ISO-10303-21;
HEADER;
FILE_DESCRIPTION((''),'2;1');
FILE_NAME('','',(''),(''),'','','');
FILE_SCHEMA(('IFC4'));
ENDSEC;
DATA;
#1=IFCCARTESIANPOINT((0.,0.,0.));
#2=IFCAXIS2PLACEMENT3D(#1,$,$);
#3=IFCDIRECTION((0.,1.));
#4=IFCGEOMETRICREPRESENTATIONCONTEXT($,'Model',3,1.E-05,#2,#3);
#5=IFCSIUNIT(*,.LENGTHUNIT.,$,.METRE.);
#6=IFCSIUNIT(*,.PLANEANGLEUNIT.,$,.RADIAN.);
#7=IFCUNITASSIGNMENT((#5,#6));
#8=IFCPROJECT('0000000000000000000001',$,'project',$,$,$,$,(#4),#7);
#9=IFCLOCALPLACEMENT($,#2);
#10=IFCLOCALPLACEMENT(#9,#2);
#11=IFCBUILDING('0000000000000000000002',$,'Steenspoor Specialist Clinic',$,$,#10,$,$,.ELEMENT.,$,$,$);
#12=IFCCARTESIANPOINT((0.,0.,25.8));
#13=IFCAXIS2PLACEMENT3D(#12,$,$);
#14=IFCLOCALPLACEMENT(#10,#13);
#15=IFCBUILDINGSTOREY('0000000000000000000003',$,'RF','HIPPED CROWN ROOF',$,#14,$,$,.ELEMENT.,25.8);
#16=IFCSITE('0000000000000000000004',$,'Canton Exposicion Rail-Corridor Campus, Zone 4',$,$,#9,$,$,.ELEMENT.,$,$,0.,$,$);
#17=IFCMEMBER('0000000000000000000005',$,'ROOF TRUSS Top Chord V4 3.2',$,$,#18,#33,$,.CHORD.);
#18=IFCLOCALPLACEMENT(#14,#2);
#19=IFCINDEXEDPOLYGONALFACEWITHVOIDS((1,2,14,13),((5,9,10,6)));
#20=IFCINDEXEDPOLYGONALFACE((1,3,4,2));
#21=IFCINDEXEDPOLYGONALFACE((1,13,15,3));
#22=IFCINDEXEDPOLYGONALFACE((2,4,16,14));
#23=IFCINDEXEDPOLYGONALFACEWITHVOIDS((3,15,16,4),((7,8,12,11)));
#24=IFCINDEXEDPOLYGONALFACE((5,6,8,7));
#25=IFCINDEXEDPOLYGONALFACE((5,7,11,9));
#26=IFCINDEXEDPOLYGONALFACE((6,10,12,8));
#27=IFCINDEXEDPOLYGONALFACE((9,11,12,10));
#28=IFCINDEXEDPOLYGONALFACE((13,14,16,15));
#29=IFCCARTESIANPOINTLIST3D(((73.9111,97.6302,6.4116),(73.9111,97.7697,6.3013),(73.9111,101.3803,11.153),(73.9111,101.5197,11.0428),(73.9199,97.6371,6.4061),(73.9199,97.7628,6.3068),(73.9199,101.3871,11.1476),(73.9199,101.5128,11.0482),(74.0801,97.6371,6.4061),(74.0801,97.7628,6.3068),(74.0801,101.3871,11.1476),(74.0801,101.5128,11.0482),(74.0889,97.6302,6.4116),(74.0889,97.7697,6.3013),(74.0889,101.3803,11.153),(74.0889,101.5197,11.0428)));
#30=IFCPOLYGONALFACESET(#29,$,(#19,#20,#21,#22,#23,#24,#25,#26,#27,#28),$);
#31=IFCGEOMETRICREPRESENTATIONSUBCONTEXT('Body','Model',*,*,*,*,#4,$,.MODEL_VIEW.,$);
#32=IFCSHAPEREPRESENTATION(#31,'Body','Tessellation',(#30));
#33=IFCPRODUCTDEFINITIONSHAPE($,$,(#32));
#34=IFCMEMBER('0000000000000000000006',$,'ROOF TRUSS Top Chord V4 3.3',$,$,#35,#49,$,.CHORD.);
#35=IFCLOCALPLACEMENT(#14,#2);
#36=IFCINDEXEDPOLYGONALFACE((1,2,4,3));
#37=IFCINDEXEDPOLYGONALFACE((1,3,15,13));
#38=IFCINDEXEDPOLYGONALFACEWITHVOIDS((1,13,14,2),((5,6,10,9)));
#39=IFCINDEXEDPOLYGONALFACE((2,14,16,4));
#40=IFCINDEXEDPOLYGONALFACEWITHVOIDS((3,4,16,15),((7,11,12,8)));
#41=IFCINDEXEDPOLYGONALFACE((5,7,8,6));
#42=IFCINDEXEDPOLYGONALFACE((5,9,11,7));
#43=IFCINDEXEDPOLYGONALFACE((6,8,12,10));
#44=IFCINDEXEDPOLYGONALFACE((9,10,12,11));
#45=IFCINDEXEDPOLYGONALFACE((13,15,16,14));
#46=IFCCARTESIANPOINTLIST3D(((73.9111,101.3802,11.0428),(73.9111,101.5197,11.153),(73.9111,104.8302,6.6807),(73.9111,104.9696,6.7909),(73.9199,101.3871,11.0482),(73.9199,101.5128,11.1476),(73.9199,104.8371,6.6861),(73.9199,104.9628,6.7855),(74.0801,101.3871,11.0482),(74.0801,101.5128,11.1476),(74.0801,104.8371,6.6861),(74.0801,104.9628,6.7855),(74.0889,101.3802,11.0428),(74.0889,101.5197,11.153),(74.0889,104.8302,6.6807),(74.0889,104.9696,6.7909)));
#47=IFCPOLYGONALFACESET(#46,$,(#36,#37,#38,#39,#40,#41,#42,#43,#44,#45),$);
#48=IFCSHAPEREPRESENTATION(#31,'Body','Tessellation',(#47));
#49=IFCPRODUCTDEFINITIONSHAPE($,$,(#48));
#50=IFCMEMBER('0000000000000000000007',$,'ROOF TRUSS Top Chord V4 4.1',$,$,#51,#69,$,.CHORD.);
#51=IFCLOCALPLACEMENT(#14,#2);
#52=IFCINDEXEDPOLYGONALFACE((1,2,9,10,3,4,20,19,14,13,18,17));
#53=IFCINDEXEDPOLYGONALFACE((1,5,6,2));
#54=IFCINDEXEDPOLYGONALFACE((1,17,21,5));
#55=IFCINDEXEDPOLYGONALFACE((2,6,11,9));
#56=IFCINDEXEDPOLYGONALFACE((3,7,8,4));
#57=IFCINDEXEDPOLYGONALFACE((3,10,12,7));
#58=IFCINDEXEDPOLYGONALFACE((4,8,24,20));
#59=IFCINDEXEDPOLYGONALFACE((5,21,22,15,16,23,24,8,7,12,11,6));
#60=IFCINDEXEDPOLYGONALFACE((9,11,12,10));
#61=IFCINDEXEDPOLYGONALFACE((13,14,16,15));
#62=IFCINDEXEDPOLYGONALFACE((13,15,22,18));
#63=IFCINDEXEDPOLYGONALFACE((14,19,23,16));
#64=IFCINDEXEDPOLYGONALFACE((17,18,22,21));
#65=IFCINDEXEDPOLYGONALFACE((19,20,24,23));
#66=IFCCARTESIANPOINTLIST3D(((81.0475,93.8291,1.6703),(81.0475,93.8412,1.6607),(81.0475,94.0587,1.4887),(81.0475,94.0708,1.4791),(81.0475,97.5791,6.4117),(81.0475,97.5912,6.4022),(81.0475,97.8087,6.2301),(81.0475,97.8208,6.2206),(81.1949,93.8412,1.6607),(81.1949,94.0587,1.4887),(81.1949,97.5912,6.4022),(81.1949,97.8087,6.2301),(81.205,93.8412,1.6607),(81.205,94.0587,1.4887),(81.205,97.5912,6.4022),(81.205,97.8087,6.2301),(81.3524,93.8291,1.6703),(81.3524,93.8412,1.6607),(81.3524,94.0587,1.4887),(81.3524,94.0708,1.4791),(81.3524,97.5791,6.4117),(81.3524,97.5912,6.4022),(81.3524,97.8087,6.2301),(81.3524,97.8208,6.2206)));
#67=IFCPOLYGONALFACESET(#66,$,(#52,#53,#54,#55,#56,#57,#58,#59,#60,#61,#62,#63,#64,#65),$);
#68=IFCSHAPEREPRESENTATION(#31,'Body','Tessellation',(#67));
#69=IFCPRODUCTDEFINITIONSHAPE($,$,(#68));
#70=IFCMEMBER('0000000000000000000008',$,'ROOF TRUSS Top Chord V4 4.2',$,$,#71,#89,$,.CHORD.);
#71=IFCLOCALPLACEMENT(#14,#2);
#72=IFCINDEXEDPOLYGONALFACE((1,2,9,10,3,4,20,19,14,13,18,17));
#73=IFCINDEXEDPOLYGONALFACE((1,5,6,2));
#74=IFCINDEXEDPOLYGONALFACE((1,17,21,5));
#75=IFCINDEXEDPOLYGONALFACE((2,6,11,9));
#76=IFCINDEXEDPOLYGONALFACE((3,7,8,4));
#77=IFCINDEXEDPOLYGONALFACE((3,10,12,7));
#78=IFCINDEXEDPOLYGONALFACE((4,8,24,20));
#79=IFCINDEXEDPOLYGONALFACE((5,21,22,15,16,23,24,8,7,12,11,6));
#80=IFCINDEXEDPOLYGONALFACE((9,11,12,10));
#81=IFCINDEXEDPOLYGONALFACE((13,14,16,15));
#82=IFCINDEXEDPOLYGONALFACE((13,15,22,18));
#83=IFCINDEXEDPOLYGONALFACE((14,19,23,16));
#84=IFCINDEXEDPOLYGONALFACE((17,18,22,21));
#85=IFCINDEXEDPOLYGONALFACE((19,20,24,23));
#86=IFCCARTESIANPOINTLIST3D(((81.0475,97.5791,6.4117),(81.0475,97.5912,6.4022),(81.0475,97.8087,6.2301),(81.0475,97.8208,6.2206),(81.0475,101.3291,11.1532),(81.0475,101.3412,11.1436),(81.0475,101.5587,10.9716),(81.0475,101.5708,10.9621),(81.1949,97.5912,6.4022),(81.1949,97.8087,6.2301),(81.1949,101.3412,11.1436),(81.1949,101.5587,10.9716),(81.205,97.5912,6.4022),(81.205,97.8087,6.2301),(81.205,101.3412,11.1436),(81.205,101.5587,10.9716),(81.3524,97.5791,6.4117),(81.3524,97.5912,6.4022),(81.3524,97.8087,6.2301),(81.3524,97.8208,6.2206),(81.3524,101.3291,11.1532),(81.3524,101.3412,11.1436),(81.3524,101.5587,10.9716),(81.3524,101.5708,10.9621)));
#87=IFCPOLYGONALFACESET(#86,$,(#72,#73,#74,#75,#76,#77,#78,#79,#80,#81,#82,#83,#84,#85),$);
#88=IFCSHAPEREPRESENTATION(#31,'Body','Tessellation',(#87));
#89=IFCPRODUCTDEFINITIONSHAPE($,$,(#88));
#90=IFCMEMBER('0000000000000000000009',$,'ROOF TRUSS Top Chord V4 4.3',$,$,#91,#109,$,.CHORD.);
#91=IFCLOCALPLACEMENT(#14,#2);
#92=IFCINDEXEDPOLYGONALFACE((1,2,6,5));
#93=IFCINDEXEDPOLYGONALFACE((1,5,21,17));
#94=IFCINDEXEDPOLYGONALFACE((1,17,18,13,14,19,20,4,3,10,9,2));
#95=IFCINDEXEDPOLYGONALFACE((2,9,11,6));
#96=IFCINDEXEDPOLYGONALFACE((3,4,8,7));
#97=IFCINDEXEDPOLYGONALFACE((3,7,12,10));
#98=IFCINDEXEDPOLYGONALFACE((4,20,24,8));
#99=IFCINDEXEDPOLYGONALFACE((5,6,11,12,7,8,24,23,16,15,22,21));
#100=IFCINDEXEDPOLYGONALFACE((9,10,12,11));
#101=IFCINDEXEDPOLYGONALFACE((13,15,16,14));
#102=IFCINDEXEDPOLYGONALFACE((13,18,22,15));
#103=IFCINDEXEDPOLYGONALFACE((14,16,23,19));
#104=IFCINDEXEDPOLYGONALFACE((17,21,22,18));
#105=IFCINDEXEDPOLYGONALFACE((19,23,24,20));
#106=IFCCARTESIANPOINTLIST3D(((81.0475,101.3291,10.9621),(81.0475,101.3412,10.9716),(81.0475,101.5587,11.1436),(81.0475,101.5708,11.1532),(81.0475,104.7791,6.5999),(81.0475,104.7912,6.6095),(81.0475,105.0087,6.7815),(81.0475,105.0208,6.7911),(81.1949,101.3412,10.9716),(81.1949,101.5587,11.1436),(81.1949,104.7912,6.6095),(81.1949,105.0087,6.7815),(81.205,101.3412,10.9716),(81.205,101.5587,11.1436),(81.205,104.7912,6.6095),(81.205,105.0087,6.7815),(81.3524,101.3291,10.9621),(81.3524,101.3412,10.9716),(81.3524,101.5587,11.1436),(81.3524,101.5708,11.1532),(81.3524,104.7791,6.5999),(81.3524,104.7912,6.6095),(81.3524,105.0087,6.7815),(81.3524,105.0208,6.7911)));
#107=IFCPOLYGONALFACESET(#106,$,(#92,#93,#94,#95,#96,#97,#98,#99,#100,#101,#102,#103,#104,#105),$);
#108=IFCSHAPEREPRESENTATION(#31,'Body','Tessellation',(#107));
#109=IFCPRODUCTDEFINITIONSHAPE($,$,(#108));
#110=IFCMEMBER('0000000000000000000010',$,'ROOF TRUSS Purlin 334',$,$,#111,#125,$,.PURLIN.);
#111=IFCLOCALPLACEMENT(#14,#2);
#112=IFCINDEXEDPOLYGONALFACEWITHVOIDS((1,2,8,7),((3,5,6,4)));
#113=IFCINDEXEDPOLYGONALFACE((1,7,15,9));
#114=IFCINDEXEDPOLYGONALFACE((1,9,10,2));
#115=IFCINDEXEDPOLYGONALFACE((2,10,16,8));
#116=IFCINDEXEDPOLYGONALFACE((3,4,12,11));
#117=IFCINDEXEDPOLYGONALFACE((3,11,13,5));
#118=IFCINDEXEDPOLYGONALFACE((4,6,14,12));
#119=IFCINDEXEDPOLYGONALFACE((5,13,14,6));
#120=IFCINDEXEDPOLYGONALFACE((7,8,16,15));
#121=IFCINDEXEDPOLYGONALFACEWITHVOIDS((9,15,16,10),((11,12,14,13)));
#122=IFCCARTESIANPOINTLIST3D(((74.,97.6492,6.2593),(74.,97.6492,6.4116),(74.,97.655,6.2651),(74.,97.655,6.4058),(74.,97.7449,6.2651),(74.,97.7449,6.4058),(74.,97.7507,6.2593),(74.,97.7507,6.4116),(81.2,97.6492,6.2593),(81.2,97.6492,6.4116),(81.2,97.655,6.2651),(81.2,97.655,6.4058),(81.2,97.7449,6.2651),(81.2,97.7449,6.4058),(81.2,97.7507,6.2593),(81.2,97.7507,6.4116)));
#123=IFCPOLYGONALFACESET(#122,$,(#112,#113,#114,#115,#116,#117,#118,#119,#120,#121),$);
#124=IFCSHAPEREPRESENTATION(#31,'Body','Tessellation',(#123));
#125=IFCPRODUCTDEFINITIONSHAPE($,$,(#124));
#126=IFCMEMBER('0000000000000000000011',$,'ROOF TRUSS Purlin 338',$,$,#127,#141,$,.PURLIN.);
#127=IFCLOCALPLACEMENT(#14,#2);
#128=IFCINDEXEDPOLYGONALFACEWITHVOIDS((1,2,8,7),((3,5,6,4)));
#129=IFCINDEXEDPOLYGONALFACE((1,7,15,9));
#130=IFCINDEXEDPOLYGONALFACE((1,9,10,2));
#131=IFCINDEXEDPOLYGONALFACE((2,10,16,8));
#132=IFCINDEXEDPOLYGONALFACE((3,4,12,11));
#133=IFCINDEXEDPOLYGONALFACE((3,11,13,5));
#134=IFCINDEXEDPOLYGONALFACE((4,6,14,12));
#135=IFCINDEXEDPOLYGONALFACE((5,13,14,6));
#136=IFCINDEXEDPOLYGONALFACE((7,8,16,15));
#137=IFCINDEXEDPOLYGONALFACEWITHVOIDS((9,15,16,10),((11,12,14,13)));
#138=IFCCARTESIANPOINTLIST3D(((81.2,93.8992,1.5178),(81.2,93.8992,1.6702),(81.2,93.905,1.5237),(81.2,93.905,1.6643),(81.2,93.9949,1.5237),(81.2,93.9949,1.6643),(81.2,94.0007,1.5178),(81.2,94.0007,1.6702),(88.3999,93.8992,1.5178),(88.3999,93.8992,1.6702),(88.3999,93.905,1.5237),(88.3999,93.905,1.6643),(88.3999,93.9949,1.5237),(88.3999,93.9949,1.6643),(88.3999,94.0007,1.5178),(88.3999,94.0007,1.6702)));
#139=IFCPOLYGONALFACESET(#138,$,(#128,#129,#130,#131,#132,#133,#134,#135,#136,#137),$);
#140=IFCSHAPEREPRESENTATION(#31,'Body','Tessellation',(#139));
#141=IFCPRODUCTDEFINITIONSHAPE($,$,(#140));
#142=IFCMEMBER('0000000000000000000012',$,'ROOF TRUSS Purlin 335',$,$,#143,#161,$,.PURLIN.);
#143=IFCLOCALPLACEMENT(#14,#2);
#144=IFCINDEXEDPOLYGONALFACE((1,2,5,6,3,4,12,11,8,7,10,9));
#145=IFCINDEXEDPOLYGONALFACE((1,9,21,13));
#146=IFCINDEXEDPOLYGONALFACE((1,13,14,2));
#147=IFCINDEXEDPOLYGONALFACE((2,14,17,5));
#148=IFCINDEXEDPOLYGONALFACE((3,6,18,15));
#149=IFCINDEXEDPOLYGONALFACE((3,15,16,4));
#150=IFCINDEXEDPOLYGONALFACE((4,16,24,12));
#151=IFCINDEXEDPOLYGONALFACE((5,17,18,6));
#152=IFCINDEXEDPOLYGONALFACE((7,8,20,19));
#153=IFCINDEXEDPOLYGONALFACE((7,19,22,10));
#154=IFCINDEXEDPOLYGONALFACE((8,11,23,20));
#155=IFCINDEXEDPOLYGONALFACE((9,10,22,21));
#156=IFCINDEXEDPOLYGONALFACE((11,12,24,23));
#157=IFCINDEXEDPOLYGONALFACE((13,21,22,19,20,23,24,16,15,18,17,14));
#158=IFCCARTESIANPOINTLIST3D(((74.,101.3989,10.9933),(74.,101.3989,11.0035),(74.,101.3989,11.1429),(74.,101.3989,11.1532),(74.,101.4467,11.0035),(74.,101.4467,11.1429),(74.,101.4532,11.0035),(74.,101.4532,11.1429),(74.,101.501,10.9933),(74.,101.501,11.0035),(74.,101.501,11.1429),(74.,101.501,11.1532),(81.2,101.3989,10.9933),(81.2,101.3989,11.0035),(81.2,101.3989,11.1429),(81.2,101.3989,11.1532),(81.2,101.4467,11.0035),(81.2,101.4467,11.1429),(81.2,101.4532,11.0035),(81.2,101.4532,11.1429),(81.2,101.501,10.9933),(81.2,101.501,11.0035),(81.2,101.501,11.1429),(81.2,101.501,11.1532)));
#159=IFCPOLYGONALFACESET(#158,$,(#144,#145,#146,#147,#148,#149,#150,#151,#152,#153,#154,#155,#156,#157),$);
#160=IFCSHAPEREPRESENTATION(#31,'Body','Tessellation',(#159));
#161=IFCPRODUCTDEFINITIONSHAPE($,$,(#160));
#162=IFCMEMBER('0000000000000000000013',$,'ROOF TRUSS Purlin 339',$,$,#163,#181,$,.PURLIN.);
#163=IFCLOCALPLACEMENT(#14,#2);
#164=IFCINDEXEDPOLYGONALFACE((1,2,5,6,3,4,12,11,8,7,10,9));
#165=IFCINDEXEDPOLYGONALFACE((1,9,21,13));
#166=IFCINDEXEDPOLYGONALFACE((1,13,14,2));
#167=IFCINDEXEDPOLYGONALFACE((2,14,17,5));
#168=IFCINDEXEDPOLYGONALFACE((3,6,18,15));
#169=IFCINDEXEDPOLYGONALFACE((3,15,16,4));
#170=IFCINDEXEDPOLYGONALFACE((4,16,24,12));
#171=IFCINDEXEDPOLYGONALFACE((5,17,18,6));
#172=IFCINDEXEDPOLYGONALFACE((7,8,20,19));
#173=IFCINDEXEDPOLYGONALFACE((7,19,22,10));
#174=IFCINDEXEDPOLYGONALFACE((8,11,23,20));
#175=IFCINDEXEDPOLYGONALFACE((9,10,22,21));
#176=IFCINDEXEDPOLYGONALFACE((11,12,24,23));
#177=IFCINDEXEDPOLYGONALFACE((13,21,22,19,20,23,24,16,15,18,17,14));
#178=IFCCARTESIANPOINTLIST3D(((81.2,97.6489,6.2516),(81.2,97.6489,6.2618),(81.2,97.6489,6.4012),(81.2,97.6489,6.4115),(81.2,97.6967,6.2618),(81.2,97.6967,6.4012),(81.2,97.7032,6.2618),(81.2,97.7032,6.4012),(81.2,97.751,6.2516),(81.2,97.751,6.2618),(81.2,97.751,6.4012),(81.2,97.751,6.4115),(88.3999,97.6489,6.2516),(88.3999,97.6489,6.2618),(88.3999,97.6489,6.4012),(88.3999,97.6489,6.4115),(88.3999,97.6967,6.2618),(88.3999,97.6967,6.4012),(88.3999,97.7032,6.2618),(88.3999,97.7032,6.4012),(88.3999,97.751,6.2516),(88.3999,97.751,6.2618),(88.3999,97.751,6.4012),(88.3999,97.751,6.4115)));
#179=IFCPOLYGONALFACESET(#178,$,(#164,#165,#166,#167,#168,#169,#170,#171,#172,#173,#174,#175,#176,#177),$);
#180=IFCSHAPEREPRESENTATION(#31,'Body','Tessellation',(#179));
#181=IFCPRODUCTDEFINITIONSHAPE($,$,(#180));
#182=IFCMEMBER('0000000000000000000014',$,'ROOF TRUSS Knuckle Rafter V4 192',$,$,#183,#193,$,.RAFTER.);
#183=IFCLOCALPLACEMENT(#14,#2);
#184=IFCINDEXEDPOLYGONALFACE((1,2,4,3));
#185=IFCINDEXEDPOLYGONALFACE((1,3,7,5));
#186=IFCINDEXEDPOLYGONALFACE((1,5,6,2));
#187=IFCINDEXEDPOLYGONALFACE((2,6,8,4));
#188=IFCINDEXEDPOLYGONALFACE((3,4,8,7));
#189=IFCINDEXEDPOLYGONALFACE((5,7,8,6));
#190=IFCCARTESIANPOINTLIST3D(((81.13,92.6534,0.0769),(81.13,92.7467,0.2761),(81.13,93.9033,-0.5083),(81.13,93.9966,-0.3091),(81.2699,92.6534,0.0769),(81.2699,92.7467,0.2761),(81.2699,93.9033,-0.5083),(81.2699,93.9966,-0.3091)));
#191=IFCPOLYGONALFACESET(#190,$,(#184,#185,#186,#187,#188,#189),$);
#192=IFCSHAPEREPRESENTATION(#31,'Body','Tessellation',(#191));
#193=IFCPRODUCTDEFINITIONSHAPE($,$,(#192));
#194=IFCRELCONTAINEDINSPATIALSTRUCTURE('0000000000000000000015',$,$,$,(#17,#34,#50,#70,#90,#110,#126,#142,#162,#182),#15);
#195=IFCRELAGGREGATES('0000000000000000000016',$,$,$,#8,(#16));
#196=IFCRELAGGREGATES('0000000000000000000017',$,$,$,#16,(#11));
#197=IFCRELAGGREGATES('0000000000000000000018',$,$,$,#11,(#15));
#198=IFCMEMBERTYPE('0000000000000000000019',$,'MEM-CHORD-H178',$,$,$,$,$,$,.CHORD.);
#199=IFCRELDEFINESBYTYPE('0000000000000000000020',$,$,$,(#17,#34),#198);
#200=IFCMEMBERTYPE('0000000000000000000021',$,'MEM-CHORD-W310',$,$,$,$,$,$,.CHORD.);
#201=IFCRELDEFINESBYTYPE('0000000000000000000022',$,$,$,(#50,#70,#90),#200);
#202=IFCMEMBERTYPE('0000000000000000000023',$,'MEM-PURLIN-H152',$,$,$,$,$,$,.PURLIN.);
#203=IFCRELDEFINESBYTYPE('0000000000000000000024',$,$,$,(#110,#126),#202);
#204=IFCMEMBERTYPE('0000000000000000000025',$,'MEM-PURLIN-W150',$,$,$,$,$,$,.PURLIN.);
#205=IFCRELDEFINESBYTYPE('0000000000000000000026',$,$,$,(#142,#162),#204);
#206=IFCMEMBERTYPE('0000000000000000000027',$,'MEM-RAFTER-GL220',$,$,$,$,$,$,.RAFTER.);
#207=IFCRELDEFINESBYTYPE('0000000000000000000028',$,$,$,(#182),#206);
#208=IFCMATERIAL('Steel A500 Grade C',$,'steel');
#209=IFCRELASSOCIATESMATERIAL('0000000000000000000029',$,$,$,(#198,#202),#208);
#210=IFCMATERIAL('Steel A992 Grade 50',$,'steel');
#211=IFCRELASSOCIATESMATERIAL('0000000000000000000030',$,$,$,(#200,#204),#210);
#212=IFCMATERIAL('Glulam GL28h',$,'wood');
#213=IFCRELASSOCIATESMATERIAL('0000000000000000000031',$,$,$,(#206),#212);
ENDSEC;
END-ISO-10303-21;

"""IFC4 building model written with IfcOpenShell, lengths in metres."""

from ifc_helpers import new_model, si_unit, direction, frame, origin, origin_2d, place, context, subcontext, project, spatial, rectangle, hollow_rectangle, i_section, extrude, material, material_profile, profile_set, type_object, element, save


model = new_model("IFC4")

# Units and contexts
model_context = context("Model", 3, precision=1e-05, world=origin(), true_north=direction((0.0, 1.0)))
body_context = subcontext(model_context, "Body", "Model", "MODEL_VIEW")
ifc_project = project(units=[si_unit("LENGTHUNIT", "METRE"), si_unit("PLANEANGLEUNIT", "RADIAN")], contexts=[model_context])

# Site, building, storey
site_placement = place(None, origin())
site = spatial("IfcSite", under=ifc_project, at=site_placement, Name="Canton Exposicion Rail-Corridor Campus, Zone 4", CompositionType="ELEMENT", RefElevation=0.0)
building_placement = place(site_placement, origin())
building = spatial("IfcBuilding", under=site, at=building_placement, Name="Steenspoor Specialist Clinic", CompositionType="ELEMENT")
storey_placement = place(building_placement, frame((0.0, 0.0, 25.8)))
storey = spatial("IfcBuildingStorey", under=building, at=storey_placement, Name="RF", Description="HIPPED CROWN ROOF", CompositionType="ELEMENT", Elevation=25.8)

# Shared definitions
ifc_material_1 = material(Name="Steel A992 Grade 50", Category="steel")

# Members
ifc_material_2 = material(Name="Steel A500 Grade C", Category="steel")
ifc_material_profile_1 = material_profile(ifc_material_2, hollow_rectangle(XDim=0.1777, YDim=0.1777, WallThickness=0.0088, at=origin_2d()), Name="HSS178X178X9.5")
ifc_profile_set_1 = profile_set([ifc_material_profile_1], Name="Steel A500 Grade C")
member_type_1 = type_object("IfcMemberType", Name="MEM-CHORD-H178", PredefinedType="CHORD", material=ifc_profile_set_1)
member_1_placement = place(storey_placement, frame((74.0, 97.7, 6.3564), z_axis=(0.0, 0.620332, 0.78434), x_axis=(-1.0, 0.0, 0.0)))
element("IfcMember", 1, at=member_1_placement, inside=storey, type_object=member_type_1, Name="ROOF TRUSS Top Chord V4 3.2", PredefinedType="CHORD", context=body_context, shape_type="SweptSolid", body=[
    extrude(hollow_rectangle(XDim=0.1777, YDim=0.1777, WallThickness=0.0088, at=origin_2d()), origin(), (0.0, 0.0, 1.0), 6.0452),
])
member_2_placement = place(storey_placement, frame((74.0, 101.45, 11.0979), z_axis=(0.0, 0.620333, -0.784339), x_axis=(-1.0, 0.0, 0.0)))
element("IfcMember", 2, at=member_2_placement, inside=storey, type_object=member_type_1, Name="ROOF TRUSS Top Chord V4 3.3", PredefinedType="CHORD", context=body_context, shape_type="SweptSolid", body=[
    extrude(hollow_rectangle(XDim=0.1777, YDim=0.1777, WallThickness=0.0088, at=origin_2d()), origin(), (0.0, 0.0, 1.0), 5.5615),
])
ifc_material_profile_2 = material_profile(ifc_material_1, i_section(OverallWidth=0.3049, OverallDepth=0.3081, WebThickness=0.01, FlangeThickness=0.0154, at=origin_2d()), Name="W310X97")
ifc_profile_set_2 = profile_set([ifc_material_profile_2], Name="Steel A992 Grade 50")
member_type_2 = type_object("IfcMemberType", Name="MEM-CHORD-W310", PredefinedType="CHORD", material=ifc_profile_set_2)
for number, where, z_axis, x_axis, name in (
    (3, (81.2, 93.95, 1.5747), (0.0, 0.620332, 0.78434), (-1.0, 0.0, 0.0), "ROOF TRUSS Top Chord V4 4.1"),
    (4, (81.2, 97.7, 6.3162), (0.0, 0.620332, 0.78434), (-1.0, 0.0, 0.0), "ROOF TRUSS Top Chord V4 4.2"),
):
    element("IfcMember", number, at=place(storey_placement, frame(where, z_axis=z_axis, x_axis=x_axis)), inside=storey, type_object=member_type_2, Name=name, PredefinedType="CHORD", context=body_context, shape_type="SweptSolid", body=[
        extrude(i_section(OverallWidth=0.3049, OverallDepth=0.3081, WebThickness=0.01, FlangeThickness=0.0154, at=origin_2d()), origin(), (0.0, 0.0, 1.0), 6.0452),
    ])
member_3_placement = place(storey_placement, frame((81.2, 101.45, 11.0576), z_axis=(0.0, 0.620333, -0.784339), x_axis=(-1.0, 0.0, 0.0)))
element("IfcMember", 5, at=member_3_placement, inside=storey, type_object=member_type_2, Name="ROOF TRUSS Top Chord V4 4.3", PredefinedType="CHORD", context=body_context, shape_type="SweptSolid", body=[
    extrude(i_section(OverallWidth=0.3049, OverallDepth=0.3081, WebThickness=0.01, FlangeThickness=0.0154, at=origin_2d()), origin(), (0.0, 0.0, 1.0), 5.5615),
])
ifc_material_profile_3 = material_profile(ifc_material_2, hollow_rectangle(XDim=0.1016, YDim=0.1523, WallThickness=0.0059, at=origin_2d()), Name="HSS152X102X6.4")
ifc_profile_set_3 = profile_set([ifc_material_profile_3], Name="Steel A500 Grade C")
member_type_3 = type_object("IfcMemberType", Name="MEM-PURLIN-H152", PredefinedType="PURLIN", material=ifc_profile_set_3)
for number, where, z_axis, x_axis, name in (
    (6, (74.0, 97.7, 6.3354), (1.0, 0.0, 0.0), (0.0, 1.0, 0.0), "ROOF TRUSS Purlin 334"),
    (7, (81.2, 93.95, 1.594), (1.0, 0.0, 0.0), (0.0, 1.0, 0.0), "ROOF TRUSS Purlin 338"),
):
    element("IfcMember", number, at=place(storey_placement, frame(where, z_axis=z_axis, x_axis=x_axis)), inside=storey, type_object=member_type_3, Name=name, PredefinedType="PURLIN", context=body_context, shape_type="SweptSolid", body=[
        extrude(hollow_rectangle(XDim=0.1016, YDim=0.1523, WallThickness=0.0059, at=origin_2d()), origin(), (0.0, 0.0, 1.0), 7.2),
    ])
ifc_material_profile_4 = material_profile(ifc_material_1, i_section(OverallWidth=0.1021, OverallDepth=0.1599, WebThickness=0.0066, FlangeThickness=0.0103, at=origin_2d()), Name="W150X24")
ifc_profile_set_4 = profile_set([ifc_material_profile_4], Name="Steel A992 Grade 50")
member_type_4 = type_object("IfcMemberType", Name="MEM-PURLIN-W150", PredefinedType="PURLIN", material=ifc_profile_set_4)
for number, where, z_axis, x_axis, name in (
    (8, (74.0, 101.45, 11.0732), (1.0, 0.0, 0.0), (0.0, 1.0, 0.0), "ROOF TRUSS Purlin 335"),
    (9, (81.2, 97.7, 6.3315), (1.0, 0.0, 0.0), (0.0, 1.0, 0.0), "ROOF TRUSS Purlin 339"),
):
    element("IfcMember", number, at=place(storey_placement, frame(where, z_axis=z_axis, x_axis=x_axis)), inside=storey, type_object=member_type_4, Name=name, PredefinedType="PURLIN", context=body_context, shape_type="SweptSolid", body=[
        extrude(i_section(OverallWidth=0.1021, OverallDepth=0.1599, WebThickness=0.0066, FlangeThickness=0.0103, at=origin_2d()), origin(), (0.0, 0.0, 1.0), 7.2),
    ])
ifc_material_3 = material(Name="Glulam GL28h", Category="wood")
ifc_material_profile_5 = material_profile(ifc_material_3, rectangle(XDim=0.1399, YDim=0.22, at=origin_2d()), Name="GL28H-140X220")
ifc_profile_set_5 = profile_set([ifc_material_profile_5], Name="Glulam GL28h")
member_type_5 = type_object("IfcMemberType", Name="MEM-RAFTER-GL220", PredefinedType="RAFTER", material=ifc_profile_set_5)
member_4_placement = place(storey_placement, frame((81.2, 93.95, -0.4087), z_axis=(0.0, -0.905663, 0.423999), x_axis=(1.0, 0.0, 0.0)))
element("IfcMember", 10, at=member_4_placement, inside=storey, type_object=member_type_5, Name="ROOF TRUSS Knuckle Rafter V4 192", PredefinedType="RAFTER", context=body_context, shape_type="SweptSolid", body=[
    extrude(rectangle(XDim=0.1399, YDim=0.22, at=origin_2d()), origin(), (0.0, 0.0, 1.0), 1.3801),
])

save(model, "model.ifc")
